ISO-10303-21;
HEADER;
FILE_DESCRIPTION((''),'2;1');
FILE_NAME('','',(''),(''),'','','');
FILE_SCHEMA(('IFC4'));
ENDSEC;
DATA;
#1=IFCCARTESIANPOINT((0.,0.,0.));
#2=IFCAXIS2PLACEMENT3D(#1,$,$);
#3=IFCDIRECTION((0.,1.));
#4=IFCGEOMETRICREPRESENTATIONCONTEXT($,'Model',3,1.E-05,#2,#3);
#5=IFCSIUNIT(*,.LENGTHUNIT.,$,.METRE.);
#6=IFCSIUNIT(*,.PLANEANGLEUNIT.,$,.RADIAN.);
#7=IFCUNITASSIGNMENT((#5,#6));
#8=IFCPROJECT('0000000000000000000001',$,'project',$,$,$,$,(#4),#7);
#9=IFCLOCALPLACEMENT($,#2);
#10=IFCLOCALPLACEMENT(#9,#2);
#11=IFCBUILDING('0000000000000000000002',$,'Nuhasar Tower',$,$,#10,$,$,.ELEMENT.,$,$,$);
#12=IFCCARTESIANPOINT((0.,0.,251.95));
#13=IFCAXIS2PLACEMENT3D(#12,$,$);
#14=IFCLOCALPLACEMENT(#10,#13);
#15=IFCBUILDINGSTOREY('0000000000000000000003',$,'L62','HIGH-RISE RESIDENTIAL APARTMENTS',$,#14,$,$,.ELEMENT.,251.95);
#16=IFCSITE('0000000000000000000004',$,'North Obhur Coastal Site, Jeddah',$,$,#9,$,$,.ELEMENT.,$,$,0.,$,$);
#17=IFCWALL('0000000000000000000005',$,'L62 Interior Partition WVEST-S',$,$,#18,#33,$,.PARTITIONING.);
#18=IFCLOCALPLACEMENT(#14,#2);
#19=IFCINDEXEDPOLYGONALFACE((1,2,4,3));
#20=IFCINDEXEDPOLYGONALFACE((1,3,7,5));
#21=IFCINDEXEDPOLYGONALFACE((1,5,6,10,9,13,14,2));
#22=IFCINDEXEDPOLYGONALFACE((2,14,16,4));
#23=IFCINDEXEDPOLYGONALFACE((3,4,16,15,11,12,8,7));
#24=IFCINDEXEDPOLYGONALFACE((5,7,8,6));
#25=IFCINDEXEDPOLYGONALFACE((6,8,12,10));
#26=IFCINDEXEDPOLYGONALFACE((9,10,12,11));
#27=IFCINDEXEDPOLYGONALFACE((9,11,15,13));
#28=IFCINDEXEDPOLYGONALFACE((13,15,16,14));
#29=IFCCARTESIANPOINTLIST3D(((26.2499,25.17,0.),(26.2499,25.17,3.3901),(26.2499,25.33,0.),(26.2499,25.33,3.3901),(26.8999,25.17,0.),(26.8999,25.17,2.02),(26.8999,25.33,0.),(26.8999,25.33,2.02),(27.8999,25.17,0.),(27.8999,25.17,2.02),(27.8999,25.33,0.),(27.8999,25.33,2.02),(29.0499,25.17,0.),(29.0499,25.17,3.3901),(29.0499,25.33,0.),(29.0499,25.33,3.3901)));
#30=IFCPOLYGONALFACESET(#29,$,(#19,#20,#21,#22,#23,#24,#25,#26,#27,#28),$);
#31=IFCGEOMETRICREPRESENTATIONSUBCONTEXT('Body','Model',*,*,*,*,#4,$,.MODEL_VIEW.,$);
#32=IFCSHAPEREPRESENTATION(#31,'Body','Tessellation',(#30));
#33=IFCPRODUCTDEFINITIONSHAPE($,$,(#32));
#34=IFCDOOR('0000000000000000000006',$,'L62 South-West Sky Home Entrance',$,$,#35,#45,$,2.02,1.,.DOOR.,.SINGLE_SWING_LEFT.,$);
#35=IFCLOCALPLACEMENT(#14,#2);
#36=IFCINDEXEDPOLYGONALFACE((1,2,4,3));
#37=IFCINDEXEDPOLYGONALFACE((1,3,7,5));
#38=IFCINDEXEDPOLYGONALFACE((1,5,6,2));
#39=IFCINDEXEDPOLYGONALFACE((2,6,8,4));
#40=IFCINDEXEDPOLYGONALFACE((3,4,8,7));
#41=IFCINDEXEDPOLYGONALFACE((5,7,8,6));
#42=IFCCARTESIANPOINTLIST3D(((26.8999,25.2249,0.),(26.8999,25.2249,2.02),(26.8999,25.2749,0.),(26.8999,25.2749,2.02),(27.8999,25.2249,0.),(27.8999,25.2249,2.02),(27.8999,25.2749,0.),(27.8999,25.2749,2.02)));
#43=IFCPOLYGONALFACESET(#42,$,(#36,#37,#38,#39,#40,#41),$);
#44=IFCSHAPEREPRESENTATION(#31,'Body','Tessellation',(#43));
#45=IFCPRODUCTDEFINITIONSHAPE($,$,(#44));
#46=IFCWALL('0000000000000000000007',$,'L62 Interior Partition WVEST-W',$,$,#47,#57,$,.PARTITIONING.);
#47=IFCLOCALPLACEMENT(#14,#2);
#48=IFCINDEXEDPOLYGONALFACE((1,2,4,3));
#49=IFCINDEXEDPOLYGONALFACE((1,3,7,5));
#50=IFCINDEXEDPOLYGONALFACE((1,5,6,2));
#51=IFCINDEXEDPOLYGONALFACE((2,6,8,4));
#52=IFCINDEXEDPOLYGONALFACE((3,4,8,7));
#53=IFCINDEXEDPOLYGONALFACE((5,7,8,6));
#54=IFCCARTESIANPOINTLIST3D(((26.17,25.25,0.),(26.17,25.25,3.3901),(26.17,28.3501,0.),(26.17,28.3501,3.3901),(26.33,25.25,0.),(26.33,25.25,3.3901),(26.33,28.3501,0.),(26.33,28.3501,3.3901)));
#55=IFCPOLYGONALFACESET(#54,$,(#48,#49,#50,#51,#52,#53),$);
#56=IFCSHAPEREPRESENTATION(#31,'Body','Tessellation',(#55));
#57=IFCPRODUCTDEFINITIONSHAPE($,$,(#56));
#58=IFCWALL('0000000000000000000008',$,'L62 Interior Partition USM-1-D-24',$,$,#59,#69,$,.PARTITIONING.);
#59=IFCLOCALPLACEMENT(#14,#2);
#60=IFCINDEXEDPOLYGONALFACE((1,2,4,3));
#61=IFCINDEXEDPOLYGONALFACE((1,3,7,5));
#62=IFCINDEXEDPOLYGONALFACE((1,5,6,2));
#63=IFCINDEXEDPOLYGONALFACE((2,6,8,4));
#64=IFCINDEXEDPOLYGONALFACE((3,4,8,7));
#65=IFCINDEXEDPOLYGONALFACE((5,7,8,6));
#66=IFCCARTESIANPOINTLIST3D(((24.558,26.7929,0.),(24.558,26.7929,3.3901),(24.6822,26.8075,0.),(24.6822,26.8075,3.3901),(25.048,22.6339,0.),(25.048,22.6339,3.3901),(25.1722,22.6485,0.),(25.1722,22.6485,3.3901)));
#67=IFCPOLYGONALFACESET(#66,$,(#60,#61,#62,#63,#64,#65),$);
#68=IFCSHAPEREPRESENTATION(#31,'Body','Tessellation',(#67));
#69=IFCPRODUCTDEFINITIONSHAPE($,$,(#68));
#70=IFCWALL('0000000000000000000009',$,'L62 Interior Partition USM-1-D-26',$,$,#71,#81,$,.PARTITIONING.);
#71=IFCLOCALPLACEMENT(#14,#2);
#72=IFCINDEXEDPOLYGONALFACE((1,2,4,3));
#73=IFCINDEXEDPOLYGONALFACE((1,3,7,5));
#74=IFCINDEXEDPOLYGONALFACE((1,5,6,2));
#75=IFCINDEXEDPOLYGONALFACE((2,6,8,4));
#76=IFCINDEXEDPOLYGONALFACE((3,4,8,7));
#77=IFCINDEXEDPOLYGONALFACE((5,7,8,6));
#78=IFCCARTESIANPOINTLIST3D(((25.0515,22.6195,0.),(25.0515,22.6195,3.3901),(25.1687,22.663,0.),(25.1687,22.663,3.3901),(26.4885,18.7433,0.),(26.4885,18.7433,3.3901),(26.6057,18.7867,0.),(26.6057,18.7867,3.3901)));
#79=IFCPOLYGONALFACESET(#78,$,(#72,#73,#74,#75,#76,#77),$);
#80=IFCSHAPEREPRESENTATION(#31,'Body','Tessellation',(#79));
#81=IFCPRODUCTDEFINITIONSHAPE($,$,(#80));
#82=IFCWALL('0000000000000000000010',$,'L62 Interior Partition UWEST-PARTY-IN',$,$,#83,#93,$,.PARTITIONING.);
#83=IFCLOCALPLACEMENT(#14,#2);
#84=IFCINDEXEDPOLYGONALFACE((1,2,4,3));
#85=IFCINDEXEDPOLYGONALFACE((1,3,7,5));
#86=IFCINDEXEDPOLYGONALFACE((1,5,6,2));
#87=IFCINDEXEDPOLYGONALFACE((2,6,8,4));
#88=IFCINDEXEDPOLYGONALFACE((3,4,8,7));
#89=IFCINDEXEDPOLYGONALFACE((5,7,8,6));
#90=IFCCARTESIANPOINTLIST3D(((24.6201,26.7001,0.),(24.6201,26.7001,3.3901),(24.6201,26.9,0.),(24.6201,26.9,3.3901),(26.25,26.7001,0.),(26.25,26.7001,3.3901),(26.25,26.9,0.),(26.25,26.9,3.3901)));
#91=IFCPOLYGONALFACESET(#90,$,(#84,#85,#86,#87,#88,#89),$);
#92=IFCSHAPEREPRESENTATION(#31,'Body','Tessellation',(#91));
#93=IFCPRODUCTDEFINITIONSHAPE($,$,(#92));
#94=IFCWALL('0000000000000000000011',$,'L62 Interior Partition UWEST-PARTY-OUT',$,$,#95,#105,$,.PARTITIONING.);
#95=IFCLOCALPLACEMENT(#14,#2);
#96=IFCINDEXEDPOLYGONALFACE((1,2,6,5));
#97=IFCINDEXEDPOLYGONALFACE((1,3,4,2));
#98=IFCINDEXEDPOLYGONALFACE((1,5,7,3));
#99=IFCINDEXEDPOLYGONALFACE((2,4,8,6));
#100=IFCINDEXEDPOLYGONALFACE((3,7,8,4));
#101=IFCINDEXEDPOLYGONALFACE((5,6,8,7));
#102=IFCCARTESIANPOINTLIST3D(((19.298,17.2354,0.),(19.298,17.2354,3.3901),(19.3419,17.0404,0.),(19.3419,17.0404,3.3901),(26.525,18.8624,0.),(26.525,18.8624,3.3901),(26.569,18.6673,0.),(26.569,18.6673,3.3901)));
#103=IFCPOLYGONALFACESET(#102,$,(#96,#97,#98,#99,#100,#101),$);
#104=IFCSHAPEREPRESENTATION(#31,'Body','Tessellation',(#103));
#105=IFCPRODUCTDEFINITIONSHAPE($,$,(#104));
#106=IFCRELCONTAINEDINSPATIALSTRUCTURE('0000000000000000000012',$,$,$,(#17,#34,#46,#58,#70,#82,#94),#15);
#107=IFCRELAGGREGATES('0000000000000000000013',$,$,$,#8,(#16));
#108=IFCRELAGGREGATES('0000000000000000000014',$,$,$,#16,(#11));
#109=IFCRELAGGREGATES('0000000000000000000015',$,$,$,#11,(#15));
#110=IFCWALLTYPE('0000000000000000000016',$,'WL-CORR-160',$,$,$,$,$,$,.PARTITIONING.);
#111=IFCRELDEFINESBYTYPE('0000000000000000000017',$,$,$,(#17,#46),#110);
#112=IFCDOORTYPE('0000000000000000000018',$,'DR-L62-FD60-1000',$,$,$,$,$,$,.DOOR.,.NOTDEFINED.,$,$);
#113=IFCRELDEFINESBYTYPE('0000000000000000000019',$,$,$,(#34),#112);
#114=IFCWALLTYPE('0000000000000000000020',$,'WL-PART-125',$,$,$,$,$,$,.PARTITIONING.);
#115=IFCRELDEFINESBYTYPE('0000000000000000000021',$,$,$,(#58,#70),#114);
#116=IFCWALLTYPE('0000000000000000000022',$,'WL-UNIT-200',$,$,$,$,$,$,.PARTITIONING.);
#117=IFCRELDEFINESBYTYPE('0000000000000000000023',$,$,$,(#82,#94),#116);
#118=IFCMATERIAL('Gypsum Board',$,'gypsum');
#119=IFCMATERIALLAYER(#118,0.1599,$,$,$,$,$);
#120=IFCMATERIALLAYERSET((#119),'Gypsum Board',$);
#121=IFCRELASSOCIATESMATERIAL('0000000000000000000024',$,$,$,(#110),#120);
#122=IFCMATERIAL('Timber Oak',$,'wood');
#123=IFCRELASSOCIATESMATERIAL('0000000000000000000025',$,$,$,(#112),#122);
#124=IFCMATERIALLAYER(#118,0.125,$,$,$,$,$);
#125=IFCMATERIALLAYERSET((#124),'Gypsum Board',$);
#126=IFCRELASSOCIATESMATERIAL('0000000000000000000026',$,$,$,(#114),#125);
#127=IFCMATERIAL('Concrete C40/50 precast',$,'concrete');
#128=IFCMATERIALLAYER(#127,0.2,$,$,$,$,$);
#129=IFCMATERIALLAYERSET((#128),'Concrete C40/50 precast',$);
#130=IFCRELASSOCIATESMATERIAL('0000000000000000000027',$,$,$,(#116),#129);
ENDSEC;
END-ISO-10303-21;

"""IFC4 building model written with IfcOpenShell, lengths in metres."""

from ifc_helpers import new_model, si_unit, direction, frame, frame_2d, origin, place, context, subcontext, project, spatial, rectangle, extrude, material, layer, layer_set, type_object, element, fill, save


model = new_model("IFC4")

# Units and contexts
model_context = context("Model", 3, precision=1e-05, world=origin(), true_north=direction((0.0, 1.0)))
body_context = subcontext(model_context, "Body", "Model", "MODEL_VIEW")
ifc_project = project(units=[si_unit("LENGTHUNIT", "METRE"), si_unit("PLANEANGLEUNIT", "RADIAN")], contexts=[model_context])

# Site, building, storey
site_placement = place(None, origin())
site = spatial("IfcSite", under=ifc_project, at=site_placement, Name="North Obhur Coastal Site, Jeddah", CompositionType="ELEMENT", RefElevation=0.0)
building_placement = place(site_placement, origin())
building = spatial("IfcBuilding", under=site, at=building_placement, Name="Nuhasar Tower", CompositionType="ELEMENT")
storey_placement = place(building_placement, frame((0.0, 0.0, 251.95)))
storey = spatial("IfcBuildingStorey", under=building, at=storey_placement, Name="L62", Description="HIGH-RISE RESIDENTIAL APARTMENTS", CompositionType="ELEMENT", Elevation=251.95)

# Shared definitions
ifc_material_1 = material(Name="Gypsum Board", Category="gypsum")
ifc_layer_1 = layer(ifc_material_1, 0.1599)
ifc_layer_set_1 = layer_set([ifc_layer_1], Name="Gypsum Board")
wall_type_1 = type_object("IfcWallType", Name="WL-CORR-160", PredefinedType="PARTITIONING", material=ifc_layer_set_1)

# Wall, opening, door
wall_1_placement = place(storey_placement, frame((26.25, 25.25, 0.0), z_axis=(0.0, 0.0, 1.0), x_axis=(1.0, 0.0, 0.0)))
wall_1 = element("IfcWall", 1, at=wall_1_placement, inside=storey, type_object=wall_type_1, Name="L62 Interior Partition WVEST-S", PredefinedType="PARTITIONING", context=body_context, shape_type="SweptSolid", body=[
    extrude(rectangle(XDim=2.8, YDim=0.1599, at=frame_2d((1.3999, 0.0))), origin(), (0.0, 0.0, 1.0), 3.3901),
])
opening_placement = place(wall_1_placement, frame((0.6499, 0.0, 0.0)))
opening = element("IfcOpeningElement", 2, at=opening_placement, cuts=wall_1, PredefinedType="OPENING", context=body_context, shape_type="SweptSolid", body=[
    extrude(rectangle(XDim=1.0, YDim=2.02, at=frame_2d((0.5, 1.01))), frame((0.0, 0.0898, 0.0), z_axis=(0.0, -1.0, 0.0), x_axis=(1.0, 0.0, 0.0)), (0.0, 0.0, 1.0), 0.1799),
])
ifc_material_2 = material(Name="Timber Oak", Category="wood")
door_type = type_object("IfcDoorType", Name="DR-L62-FD60-1000", OperationType="NOTDEFINED", PredefinedType="DOOR", material=ifc_material_2)
door_placement = place(opening_placement, origin())
door = element("IfcDoor", 3, at=door_placement, inside=storey, type_object=door_type, Name="L62 South-West Sky Home Entrance", OperationType="SINGLE_SWING_LEFT", OverallHeight=2.02, OverallWidth=1.0, PredefinedType="DOOR", context=body_context, shape_type="SweptSolid", body=[
    extrude(rectangle(XDim=1.0, YDim=2.02, at=frame_2d((0.5, 1.01))), frame((0.0, 0.0249, 0.0), z_axis=(0.0, -1.0, 0.0), x_axis=(1.0, 0.0, 0.0)), (0.0, 0.0, 1.0), 0.05),
])
fill(opening, door)

# Walls
wall_2_placement = place(storey_placement, frame((26.25, 25.25, 0.0), z_axis=(0.0, 0.0, 1.0), x_axis=(0.0, 1.0, 0.0)))
element("IfcWall", 4, at=wall_2_placement, inside=storey, type_object=wall_type_1, Name="L62 Interior Partition WVEST-W", PredefinedType="PARTITIONING", context=body_context, shape_type="SweptSolid", body=[
    extrude(rectangle(XDim=3.1001, YDim=0.1599, at=frame_2d((1.55, 0.0))), origin(), (0.0, 0.0, 1.0), 3.3901),
])
ifc_layer_2 = layer(ifc_material_1, 0.125)
ifc_layer_set_2 = layer_set([ifc_layer_2], Name="Gypsum Board")
wall_type_2 = type_object("IfcWallType", Name="WL-PART-125", PredefinedType="PARTITIONING", material=ifc_layer_set_2)
wall_3_placement = place(storey_placement, frame((24.6201, 26.8, 0.0), z_axis=(0.0, 0.0, 1.0), x_axis=(0.117007, -0.993131, 0.0)))
element("IfcWall", 5, at=wall_3_placement, inside=storey, type_object=wall_type_2, Name="L62 Interior Partition USM-1-D-24", PredefinedType="PARTITIONING", context=body_context, shape_type="SweptSolid", body=[
    extrude(rectangle(XDim=4.1877, YDim=0.125, at=frame_2d((2.0938, 0.0))), origin(), (0.0, 0.0, 1.0), 3.3901),
])
wall_4_placement = place(storey_placement, frame((25.1101, 22.6411, 0.0), z_axis=(0.0, 0.0, 1.0), x_axis=(0.347607, -0.93764, 0.0)))
element("IfcWall", 6, at=wall_4_placement, inside=storey, type_object=wall_type_2, Name="L62 Interior Partition USM-1-D-26", PredefinedType="PARTITIONING", context=body_context, shape_type="SweptSolid", body=[
    extrude(rectangle(XDim=4.134, YDim=0.125, at=frame_2d((2.0669, 0.0))), origin(), (0.0, 0.0, 1.0), 3.3901),
])
ifc_material_3 = material(Name="Concrete C40/50 precast", Category="concrete")
ifc_layer_3 = layer(ifc_material_3, 0.2)
ifc_layer_set_3 = layer_set([ifc_layer_3], Name="Concrete C40/50 precast")
wall_type_3 = type_object("IfcWallType", Name="WL-UNIT-200", PredefinedType="PARTITIONING", material=ifc_layer_set_3)
wall_5_placement = place(storey_placement, frame((26.25, 26.8, 0.0), z_axis=(0.0, 0.0, 1.0), x_axis=(-1.0, 0.0, 0.0)))
element("IfcWall", 7, at=wall_5_placement, inside=storey, type_object=wall_type_3, Name="L62 Interior Partition UWEST-PARTY-IN", PredefinedType="PARTITIONING", context=body_context, shape_type="SweptSolid", body=[
    extrude(rectangle(XDim=1.6299, YDim=0.2, at=frame_2d((0.8149, 0.0))), origin(), (0.0, 0.0, 1.0), 3.3901),
])
wall_6_placement = place(storey_placement, frame((26.5471, 18.7649, 0.0), z_axis=(0.0, 0.0, 1.0), x_axis=(-0.975585, -0.219624, 0.0)))
element("IfcWall", 8, at=wall_6_placement, inside=storey, type_object=wall_type_3, Name="L62 Interior Partition UWEST-PARTY-OUT", PredefinedType="PARTITIONING", context=body_context, shape_type="SweptSolid", body=[
    extrude(rectangle(XDim=7.408, YDim=0.2, at=frame_2d((3.7041, 0.0))), origin(), (0.0, 0.0, 1.0), 3.3901),
])

save(model, "model.ifc")
